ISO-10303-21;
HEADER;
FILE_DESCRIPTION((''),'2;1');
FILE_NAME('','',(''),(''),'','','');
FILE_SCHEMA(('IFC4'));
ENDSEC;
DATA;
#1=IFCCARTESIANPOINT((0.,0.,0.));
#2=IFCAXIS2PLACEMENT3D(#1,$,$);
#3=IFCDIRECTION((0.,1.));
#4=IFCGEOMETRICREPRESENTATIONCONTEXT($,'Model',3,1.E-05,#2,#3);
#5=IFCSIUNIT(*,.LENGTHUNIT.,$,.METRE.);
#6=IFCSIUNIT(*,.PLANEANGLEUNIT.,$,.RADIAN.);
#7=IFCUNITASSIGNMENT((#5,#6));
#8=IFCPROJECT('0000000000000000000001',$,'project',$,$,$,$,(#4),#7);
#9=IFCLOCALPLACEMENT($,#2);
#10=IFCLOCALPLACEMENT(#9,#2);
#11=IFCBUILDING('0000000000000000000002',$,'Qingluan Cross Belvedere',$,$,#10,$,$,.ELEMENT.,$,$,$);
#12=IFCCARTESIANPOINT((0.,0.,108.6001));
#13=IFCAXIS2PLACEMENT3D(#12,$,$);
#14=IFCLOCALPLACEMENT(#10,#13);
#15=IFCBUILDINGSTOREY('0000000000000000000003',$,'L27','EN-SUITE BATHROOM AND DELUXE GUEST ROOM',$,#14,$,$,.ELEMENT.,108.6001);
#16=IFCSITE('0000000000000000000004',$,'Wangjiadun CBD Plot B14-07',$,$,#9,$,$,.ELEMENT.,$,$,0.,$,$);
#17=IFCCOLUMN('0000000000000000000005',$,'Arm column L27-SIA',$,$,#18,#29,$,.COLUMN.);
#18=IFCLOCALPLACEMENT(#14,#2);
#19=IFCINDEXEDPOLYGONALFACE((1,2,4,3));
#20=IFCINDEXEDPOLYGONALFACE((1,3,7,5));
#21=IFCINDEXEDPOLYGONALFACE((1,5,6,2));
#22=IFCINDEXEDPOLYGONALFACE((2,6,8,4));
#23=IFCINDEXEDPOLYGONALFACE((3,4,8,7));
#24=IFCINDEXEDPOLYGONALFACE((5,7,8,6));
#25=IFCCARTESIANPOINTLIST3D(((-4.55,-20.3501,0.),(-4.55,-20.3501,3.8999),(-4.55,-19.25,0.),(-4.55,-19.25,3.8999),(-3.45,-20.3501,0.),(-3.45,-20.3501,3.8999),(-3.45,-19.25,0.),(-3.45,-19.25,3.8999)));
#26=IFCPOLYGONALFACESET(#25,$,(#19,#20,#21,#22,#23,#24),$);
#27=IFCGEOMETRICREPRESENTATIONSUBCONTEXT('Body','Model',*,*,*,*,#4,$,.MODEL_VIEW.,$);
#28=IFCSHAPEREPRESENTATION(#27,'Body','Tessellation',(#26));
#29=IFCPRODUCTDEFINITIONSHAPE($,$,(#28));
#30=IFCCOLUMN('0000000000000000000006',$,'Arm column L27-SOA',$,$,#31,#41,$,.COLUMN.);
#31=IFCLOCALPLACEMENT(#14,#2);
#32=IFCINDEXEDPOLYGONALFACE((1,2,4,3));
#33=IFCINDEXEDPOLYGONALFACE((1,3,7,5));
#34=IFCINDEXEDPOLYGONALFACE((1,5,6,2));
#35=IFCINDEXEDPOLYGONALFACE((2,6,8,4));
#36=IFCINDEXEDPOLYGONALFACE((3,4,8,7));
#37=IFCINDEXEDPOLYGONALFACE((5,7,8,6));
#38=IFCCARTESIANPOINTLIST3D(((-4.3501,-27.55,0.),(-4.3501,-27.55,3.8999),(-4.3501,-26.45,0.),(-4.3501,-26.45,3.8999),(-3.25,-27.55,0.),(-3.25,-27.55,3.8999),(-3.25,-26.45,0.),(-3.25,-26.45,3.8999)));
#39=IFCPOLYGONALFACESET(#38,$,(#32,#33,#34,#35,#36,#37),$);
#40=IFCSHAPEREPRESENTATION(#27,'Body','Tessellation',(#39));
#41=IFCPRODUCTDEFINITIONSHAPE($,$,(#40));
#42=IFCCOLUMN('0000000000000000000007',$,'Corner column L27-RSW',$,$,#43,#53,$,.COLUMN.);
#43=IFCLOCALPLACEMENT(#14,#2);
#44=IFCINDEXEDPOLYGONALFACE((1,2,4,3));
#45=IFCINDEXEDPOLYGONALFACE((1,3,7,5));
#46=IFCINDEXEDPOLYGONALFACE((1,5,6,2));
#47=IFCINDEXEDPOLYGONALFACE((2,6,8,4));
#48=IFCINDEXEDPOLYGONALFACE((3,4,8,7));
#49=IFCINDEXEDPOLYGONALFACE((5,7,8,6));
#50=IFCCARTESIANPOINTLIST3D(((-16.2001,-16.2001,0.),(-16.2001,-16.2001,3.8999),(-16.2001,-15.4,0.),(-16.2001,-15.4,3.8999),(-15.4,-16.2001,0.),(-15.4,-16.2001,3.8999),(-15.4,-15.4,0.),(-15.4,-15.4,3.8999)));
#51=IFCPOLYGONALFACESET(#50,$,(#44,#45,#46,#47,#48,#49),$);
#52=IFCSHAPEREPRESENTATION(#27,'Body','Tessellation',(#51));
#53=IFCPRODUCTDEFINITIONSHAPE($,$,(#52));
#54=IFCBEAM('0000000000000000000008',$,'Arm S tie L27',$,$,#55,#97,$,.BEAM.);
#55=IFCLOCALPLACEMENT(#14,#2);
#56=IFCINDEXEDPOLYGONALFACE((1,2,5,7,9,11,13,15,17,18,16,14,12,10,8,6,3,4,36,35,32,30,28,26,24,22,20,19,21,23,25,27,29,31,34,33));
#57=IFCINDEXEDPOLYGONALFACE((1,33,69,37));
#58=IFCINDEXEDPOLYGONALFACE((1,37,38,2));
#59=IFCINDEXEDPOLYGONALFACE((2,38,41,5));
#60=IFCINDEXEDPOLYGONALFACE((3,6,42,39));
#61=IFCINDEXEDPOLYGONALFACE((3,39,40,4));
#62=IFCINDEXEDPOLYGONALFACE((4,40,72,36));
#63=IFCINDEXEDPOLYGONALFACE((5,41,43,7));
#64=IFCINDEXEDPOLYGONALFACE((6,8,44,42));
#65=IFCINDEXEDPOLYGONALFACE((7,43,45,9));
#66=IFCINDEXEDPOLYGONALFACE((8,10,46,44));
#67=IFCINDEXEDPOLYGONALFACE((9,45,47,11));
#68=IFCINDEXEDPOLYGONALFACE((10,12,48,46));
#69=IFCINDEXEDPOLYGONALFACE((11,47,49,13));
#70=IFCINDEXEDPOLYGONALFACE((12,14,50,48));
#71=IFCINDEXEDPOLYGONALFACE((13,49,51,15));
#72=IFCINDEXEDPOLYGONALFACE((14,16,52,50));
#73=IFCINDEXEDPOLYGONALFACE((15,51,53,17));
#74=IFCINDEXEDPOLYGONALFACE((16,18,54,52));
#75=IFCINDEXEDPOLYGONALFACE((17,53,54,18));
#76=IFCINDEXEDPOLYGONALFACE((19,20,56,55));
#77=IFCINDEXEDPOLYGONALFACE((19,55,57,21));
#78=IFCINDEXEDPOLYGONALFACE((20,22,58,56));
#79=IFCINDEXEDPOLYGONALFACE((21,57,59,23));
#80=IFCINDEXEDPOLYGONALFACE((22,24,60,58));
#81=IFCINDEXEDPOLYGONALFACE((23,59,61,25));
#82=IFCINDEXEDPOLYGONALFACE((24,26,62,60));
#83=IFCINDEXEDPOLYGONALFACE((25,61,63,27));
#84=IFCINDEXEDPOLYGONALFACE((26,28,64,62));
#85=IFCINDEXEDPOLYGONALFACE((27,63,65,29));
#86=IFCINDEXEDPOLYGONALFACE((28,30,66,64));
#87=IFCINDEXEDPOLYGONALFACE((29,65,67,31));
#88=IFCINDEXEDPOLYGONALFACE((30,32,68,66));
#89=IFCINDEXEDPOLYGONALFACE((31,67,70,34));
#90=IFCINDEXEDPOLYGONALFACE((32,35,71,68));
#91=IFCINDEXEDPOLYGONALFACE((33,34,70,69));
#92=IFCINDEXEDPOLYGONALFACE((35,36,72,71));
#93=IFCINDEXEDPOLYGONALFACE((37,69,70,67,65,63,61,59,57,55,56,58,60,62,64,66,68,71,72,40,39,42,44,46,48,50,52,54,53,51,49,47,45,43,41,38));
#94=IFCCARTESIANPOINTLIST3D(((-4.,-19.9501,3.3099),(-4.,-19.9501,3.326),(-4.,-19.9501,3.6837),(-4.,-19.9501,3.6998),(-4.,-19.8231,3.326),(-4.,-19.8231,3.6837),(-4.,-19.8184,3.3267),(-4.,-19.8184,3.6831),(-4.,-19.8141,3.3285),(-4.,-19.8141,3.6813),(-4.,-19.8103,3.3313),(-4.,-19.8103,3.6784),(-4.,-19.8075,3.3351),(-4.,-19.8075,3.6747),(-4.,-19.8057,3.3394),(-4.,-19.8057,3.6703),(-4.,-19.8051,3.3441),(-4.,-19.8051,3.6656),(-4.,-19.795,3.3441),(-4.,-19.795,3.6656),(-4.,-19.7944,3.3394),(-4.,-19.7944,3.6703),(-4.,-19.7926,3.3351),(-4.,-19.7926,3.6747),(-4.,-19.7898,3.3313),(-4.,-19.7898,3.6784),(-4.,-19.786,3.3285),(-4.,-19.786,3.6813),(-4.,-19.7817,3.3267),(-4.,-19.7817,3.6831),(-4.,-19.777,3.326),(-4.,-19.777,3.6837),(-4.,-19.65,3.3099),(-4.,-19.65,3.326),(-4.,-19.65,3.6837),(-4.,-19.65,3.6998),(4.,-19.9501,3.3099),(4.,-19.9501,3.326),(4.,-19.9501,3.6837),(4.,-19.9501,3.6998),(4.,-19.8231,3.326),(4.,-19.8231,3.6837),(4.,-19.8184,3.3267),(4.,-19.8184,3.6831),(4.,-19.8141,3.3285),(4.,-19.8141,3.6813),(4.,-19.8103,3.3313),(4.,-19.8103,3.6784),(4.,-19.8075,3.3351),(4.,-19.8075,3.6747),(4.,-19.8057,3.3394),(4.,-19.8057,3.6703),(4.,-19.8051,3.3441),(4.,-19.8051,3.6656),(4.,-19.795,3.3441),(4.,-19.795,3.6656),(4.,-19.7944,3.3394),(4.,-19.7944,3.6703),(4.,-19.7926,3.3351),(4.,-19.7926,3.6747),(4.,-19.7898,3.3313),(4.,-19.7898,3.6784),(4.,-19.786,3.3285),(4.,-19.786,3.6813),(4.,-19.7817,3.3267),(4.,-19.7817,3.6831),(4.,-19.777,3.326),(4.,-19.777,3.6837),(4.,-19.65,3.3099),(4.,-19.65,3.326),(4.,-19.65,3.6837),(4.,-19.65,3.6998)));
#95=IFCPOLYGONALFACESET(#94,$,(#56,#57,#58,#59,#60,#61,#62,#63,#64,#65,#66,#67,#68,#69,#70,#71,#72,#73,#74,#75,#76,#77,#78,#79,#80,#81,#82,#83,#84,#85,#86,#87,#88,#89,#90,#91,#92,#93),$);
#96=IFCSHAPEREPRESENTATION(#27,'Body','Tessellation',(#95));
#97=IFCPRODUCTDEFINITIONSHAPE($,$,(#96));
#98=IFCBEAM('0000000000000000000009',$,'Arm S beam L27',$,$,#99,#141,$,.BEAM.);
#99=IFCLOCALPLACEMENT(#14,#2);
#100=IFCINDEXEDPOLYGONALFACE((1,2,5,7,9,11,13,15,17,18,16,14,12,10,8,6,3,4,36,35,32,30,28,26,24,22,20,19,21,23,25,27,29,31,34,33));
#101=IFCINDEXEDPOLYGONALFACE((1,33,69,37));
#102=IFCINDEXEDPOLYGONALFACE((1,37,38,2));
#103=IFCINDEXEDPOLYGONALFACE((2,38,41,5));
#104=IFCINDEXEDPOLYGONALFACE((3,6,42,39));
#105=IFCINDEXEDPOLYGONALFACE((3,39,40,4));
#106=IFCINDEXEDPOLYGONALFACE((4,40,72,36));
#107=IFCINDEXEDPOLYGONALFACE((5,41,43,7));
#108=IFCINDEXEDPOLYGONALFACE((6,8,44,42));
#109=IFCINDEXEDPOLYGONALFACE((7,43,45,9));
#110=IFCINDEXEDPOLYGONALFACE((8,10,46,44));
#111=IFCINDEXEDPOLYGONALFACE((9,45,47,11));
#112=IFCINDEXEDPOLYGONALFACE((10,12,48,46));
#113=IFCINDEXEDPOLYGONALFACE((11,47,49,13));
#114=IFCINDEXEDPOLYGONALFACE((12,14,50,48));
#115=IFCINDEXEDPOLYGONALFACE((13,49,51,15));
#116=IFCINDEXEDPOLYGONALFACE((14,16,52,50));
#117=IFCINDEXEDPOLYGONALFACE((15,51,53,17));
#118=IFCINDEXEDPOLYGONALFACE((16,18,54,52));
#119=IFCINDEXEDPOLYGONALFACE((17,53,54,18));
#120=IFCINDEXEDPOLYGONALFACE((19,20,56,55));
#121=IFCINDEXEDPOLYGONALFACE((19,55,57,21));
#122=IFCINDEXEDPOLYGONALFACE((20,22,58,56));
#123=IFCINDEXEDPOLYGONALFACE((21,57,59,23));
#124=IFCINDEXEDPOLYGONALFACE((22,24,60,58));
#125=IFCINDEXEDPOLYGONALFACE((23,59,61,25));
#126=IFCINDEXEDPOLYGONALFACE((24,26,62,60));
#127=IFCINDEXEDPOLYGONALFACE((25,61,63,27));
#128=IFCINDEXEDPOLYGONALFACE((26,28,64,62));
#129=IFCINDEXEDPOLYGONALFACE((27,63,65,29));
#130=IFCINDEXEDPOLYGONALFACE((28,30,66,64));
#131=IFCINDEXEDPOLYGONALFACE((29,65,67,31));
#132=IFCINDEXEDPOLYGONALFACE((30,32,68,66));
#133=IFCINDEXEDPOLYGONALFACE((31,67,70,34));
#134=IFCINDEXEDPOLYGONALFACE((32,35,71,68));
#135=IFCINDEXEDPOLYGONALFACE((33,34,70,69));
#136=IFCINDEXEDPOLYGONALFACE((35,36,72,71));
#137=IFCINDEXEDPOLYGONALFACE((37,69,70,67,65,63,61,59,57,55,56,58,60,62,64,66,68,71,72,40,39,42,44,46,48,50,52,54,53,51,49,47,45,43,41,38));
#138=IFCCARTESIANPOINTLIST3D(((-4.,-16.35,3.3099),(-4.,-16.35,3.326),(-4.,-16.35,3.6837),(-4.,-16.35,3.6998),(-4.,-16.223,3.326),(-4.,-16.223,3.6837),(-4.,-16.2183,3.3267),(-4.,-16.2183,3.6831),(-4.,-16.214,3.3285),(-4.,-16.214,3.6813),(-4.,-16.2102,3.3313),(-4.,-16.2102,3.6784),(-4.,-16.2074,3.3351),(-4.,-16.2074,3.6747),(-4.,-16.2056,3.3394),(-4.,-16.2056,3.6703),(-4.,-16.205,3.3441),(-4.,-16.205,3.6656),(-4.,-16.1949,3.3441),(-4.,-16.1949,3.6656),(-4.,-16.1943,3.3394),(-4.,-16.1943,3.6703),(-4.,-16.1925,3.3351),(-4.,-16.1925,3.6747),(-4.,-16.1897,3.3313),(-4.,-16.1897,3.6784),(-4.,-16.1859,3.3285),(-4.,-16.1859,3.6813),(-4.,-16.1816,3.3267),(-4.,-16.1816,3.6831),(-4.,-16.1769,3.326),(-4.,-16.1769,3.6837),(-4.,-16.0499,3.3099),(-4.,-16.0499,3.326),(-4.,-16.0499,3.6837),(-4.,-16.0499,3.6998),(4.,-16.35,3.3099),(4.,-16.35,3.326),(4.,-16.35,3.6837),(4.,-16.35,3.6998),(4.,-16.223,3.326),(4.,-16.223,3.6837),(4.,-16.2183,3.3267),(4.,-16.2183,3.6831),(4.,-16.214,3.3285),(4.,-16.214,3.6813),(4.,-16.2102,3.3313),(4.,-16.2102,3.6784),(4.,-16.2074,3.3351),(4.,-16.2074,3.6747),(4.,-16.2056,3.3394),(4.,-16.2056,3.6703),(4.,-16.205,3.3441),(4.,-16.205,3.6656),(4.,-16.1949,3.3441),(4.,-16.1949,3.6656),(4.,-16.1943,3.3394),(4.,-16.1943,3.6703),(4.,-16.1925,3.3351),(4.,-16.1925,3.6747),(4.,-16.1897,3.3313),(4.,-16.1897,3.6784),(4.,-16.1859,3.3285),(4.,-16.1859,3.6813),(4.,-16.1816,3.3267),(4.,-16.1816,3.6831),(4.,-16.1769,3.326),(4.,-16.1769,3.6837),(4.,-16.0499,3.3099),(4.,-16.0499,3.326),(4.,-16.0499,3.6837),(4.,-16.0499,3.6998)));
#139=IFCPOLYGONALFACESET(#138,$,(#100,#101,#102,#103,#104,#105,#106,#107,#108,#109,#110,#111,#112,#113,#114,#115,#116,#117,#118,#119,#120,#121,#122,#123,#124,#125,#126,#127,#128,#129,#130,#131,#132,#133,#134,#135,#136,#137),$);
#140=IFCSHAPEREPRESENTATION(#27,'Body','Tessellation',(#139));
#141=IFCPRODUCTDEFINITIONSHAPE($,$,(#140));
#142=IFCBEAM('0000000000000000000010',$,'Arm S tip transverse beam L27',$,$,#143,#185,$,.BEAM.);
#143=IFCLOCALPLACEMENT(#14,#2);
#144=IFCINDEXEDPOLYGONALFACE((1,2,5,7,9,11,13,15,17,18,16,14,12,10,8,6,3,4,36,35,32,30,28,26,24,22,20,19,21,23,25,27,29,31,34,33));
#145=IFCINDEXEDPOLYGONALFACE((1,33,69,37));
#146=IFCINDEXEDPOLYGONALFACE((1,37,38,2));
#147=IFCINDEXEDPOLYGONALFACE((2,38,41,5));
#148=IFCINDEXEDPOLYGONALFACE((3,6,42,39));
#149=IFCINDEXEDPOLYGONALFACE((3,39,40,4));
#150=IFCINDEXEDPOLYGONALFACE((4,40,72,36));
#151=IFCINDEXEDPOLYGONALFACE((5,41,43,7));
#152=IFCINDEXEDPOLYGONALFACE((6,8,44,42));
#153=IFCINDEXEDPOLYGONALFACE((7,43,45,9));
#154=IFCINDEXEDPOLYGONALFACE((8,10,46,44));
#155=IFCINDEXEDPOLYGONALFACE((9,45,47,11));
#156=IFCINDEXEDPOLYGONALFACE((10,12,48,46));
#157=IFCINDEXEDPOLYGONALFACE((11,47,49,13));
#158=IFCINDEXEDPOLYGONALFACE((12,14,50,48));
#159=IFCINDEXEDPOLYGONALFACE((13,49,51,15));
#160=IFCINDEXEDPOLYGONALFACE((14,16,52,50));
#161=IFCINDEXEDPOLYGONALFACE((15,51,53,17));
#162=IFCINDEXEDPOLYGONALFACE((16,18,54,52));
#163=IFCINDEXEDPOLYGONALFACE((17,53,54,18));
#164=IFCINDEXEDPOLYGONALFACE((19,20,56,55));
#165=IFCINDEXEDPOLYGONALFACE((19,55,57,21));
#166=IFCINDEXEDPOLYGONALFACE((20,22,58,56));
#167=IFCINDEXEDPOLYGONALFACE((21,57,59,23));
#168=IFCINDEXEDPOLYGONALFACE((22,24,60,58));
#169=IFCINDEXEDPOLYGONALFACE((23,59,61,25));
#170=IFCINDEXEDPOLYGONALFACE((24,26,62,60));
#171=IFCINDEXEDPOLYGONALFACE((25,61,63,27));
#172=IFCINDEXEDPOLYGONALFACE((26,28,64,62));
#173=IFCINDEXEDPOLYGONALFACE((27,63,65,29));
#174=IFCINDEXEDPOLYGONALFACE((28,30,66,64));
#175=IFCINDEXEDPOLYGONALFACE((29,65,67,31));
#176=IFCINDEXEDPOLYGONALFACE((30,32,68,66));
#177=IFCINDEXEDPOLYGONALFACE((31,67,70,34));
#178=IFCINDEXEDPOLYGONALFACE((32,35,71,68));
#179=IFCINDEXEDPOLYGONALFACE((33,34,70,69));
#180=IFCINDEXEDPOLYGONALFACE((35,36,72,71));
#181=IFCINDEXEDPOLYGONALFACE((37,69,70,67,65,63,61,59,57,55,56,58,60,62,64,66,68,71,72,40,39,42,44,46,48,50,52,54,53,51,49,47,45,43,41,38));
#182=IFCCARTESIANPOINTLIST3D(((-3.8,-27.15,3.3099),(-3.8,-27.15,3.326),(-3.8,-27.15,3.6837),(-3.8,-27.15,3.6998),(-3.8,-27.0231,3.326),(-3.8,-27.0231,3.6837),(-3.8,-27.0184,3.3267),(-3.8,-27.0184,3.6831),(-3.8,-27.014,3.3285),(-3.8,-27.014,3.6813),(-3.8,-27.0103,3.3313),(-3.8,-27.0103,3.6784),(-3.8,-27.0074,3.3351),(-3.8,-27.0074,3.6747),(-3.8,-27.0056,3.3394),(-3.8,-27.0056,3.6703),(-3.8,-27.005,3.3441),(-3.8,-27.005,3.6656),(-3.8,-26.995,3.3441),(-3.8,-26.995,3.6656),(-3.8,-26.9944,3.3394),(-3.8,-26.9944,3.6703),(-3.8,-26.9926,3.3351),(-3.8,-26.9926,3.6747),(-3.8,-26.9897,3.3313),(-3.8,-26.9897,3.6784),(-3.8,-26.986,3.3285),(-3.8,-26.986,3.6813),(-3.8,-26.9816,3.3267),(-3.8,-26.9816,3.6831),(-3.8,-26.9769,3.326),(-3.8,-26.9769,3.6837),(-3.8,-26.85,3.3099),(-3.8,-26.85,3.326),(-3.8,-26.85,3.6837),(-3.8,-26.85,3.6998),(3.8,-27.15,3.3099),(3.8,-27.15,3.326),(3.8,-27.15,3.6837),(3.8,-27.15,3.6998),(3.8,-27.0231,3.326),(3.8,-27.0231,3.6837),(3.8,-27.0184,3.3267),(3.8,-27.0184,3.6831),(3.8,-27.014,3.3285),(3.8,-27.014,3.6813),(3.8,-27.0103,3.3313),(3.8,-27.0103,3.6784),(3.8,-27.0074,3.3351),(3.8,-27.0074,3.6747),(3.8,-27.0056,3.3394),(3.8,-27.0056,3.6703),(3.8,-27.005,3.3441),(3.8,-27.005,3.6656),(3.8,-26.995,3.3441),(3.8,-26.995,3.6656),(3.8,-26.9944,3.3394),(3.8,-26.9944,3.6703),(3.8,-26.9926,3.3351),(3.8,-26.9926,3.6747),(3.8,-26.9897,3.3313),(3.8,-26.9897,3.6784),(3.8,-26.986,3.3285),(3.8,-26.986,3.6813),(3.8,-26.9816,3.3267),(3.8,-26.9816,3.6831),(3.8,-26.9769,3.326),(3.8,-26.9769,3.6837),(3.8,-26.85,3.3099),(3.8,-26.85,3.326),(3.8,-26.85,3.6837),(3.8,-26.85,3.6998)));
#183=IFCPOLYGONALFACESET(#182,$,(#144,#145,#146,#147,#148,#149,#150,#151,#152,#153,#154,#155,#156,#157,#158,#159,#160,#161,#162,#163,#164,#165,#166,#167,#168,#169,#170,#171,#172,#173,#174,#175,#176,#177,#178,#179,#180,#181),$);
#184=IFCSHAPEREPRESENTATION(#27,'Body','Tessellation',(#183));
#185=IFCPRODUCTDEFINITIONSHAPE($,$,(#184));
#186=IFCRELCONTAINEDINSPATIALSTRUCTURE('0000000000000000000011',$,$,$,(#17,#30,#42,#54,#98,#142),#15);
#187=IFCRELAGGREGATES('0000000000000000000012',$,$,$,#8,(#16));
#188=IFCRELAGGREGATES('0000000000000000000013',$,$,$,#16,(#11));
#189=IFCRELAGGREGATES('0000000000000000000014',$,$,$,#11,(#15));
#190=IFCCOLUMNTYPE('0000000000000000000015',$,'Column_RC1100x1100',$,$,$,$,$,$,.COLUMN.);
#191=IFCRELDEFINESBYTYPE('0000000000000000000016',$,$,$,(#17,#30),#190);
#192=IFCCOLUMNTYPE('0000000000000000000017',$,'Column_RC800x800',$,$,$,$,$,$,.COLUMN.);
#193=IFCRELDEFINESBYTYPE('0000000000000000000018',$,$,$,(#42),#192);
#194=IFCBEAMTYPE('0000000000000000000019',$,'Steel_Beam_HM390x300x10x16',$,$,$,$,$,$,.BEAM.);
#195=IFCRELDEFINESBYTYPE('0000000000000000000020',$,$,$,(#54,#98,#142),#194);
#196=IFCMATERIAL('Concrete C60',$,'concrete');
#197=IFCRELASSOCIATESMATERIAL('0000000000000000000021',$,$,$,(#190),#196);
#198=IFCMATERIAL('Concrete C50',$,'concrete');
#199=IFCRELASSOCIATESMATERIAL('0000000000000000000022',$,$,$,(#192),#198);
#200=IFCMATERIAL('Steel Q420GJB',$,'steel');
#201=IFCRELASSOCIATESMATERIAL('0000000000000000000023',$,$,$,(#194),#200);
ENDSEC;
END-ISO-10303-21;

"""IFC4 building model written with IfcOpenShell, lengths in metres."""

from ifc_helpers import new_model, si_unit, direction, frame, origin, origin_2d, place, context, subcontext, project, spatial, rectangle, i_section, extrude, material, material_profile, profile_set, type_object, element, save


model = new_model("IFC4")

# Units and contexts
model_context = context("Model", 3, precision=1e-05, world=origin(), true_north=direction((0.0, 1.0)))
body_context = subcontext(model_context, "Body", "Model", "MODEL_VIEW")
ifc_project = project(units=[si_unit("LENGTHUNIT", "METRE"), si_unit("PLANEANGLEUNIT", "RADIAN")], contexts=[model_context])

# Site, building, storey
site_placement = place(None, origin())
site = spatial("IfcSite", under=ifc_project, at=site_placement, Name="Wangjiadun CBD Plot B14-07", CompositionType="ELEMENT", RefElevation=0.0)
building_placement = place(site_placement, origin())
building = spatial("IfcBuilding", under=site, at=building_placement, Name="Qingluan Cross Belvedere", CompositionType="ELEMENT")
storey_placement = place(building_placement, frame((0.0, 0.0, 108.6001)))
storey = spatial("IfcBuildingStorey", under=building, at=storey_placement, Name="L27", Description="EN-SUITE BATHROOM AND DELUXE GUEST ROOM", CompositionType="ELEMENT", Elevation=108.6001)

# Columns
ifc_material_1 = material(Name="Concrete C60", Category="concrete")
ifc_material_profile_1 = material_profile(ifc_material_1, rectangle(XDim=1.1001, YDim=1.1001, at=origin_2d()), Name="RC1100x1100")
ifc_profile_set_1 = profile_set([ifc_material_profile_1], Name="Concrete C60")
column_type_1 = type_object("IfcColumnType", Name="Column_RC1100x1100", PredefinedType="COLUMN", material=ifc_profile_set_1)
for number, where, z_axis, x_axis, name in (
    (1, (-4.0, -19.8, 0.0), (0.0, 0.0, 1.0), (1.0, 0.0, 0.0), "Arm column L27-SIA"),
    (2, (-3.8, -27.0, 0.0), (0.0, 0.0, 1.0), (1.0, 0.0, 0.0), "Arm column L27-SOA"),
):
    element("IfcColumn", number, at=place(storey_placement, frame(where, z_axis=z_axis, x_axis=x_axis)), inside=storey, type_object=column_type_1, Name=name, PredefinedType="COLUMN", context=body_context, shape_type="SweptSolid", body=[
        extrude(rectangle(XDim=1.1001, YDim=1.1001, at=origin_2d()), origin(), (0.0, 0.0, 1.0), 3.8999),
    ])
ifc_material_2 = material(Name="Concrete C50", Category="concrete")
ifc_material_profile_2 = material_profile(ifc_material_2, rectangle(XDim=0.8, YDim=0.8, at=origin_2d()), Name="RC800x800")
ifc_profile_set_2 = profile_set([ifc_material_profile_2], Name="Concrete C50")
column_type_2 = type_object("IfcColumnType", Name="Column_RC800x800", PredefinedType="COLUMN", material=ifc_profile_set_2)
column_placement = place(storey_placement, frame((-15.8, -15.8, 0.0), z_axis=(0.0, 0.0, 1.0), x_axis=(1.0, 0.0, 0.0)))
element("IfcColumn", 3, at=column_placement, inside=storey, type_object=column_type_2, Name="Corner column L27-RSW", PredefinedType="COLUMN", context=body_context, shape_type="SweptSolid", body=[
    extrude(rectangle(XDim=0.8, YDim=0.8, at=origin_2d()), origin(), (0.0, 0.0, 1.0), 3.8999),
])

# Beams
ifc_material_3 = material(Name="Steel Q420GJB", Category="steel")
ifc_material_profile_3 = material_profile(ifc_material_3, i_section(OverallWidth=0.3, OverallDepth=0.3899, WebThickness=0.01, FlangeThickness=0.0161, FilletRadius=0.0181, at=origin_2d()), Name="HM390x300x10x16")
ifc_profile_set_3 = profile_set([ifc_material_profile_3], Name="Steel Q420GJB")
beam_type_1 = type_object("IfcBeamType", Name="Steel_Beam_HM390x300x10x16", PredefinedType="BEAM", material=ifc_profile_set_3)
for number, where, z_axis, x_axis, name in (
    (4, (-4.0, -19.8, 3.5049), (1.0, 0.0, 0.0), (0.0, 1.0, 0.0), "Arm S tie L27"),
    (5, (-4.0, -16.2, 3.5049), (1.0, 0.0, 0.0), (0.0, 1.0, 0.0), "Arm S beam L27"),
):
    element("IfcBeam", number, at=place(storey_placement, frame(where, z_axis=z_axis, x_axis=x_axis)), inside=storey, type_object=beam_type_1, Name=name, PredefinedType="BEAM", context=body_context, shape_type="SweptSolid", body=[
        extrude(i_section(OverallWidth=0.3, OverallDepth=0.3899, WebThickness=0.01, FlangeThickness=0.0161, FilletRadius=0.0181, at=origin_2d()), origin(), (0.0, 0.0, 1.0), 8.0),
    ])
beam_1_placement = place(storey_placement, frame((-3.8, -27.0, 3.5049), z_axis=(1.0, 0.0, 0.0), x_axis=(0.0, 1.0, 0.0)))
element("IfcBeam", 6, at=beam_1_placement, inside=storey, type_object=beam_type_1, Name="Arm S tip transverse beam L27", PredefinedType="BEAM", context=body_context, shape_type="SweptSolid", body=[
    extrude(i_section(OverallWidth=0.3, OverallDepth=0.3899, WebThickness=0.01, FlangeThickness=0.0161, FilletRadius=0.0181, at=origin_2d()), origin(), (0.0, 0.0, 1.0), 7.6001),
])

save(model, "model.ifc")
